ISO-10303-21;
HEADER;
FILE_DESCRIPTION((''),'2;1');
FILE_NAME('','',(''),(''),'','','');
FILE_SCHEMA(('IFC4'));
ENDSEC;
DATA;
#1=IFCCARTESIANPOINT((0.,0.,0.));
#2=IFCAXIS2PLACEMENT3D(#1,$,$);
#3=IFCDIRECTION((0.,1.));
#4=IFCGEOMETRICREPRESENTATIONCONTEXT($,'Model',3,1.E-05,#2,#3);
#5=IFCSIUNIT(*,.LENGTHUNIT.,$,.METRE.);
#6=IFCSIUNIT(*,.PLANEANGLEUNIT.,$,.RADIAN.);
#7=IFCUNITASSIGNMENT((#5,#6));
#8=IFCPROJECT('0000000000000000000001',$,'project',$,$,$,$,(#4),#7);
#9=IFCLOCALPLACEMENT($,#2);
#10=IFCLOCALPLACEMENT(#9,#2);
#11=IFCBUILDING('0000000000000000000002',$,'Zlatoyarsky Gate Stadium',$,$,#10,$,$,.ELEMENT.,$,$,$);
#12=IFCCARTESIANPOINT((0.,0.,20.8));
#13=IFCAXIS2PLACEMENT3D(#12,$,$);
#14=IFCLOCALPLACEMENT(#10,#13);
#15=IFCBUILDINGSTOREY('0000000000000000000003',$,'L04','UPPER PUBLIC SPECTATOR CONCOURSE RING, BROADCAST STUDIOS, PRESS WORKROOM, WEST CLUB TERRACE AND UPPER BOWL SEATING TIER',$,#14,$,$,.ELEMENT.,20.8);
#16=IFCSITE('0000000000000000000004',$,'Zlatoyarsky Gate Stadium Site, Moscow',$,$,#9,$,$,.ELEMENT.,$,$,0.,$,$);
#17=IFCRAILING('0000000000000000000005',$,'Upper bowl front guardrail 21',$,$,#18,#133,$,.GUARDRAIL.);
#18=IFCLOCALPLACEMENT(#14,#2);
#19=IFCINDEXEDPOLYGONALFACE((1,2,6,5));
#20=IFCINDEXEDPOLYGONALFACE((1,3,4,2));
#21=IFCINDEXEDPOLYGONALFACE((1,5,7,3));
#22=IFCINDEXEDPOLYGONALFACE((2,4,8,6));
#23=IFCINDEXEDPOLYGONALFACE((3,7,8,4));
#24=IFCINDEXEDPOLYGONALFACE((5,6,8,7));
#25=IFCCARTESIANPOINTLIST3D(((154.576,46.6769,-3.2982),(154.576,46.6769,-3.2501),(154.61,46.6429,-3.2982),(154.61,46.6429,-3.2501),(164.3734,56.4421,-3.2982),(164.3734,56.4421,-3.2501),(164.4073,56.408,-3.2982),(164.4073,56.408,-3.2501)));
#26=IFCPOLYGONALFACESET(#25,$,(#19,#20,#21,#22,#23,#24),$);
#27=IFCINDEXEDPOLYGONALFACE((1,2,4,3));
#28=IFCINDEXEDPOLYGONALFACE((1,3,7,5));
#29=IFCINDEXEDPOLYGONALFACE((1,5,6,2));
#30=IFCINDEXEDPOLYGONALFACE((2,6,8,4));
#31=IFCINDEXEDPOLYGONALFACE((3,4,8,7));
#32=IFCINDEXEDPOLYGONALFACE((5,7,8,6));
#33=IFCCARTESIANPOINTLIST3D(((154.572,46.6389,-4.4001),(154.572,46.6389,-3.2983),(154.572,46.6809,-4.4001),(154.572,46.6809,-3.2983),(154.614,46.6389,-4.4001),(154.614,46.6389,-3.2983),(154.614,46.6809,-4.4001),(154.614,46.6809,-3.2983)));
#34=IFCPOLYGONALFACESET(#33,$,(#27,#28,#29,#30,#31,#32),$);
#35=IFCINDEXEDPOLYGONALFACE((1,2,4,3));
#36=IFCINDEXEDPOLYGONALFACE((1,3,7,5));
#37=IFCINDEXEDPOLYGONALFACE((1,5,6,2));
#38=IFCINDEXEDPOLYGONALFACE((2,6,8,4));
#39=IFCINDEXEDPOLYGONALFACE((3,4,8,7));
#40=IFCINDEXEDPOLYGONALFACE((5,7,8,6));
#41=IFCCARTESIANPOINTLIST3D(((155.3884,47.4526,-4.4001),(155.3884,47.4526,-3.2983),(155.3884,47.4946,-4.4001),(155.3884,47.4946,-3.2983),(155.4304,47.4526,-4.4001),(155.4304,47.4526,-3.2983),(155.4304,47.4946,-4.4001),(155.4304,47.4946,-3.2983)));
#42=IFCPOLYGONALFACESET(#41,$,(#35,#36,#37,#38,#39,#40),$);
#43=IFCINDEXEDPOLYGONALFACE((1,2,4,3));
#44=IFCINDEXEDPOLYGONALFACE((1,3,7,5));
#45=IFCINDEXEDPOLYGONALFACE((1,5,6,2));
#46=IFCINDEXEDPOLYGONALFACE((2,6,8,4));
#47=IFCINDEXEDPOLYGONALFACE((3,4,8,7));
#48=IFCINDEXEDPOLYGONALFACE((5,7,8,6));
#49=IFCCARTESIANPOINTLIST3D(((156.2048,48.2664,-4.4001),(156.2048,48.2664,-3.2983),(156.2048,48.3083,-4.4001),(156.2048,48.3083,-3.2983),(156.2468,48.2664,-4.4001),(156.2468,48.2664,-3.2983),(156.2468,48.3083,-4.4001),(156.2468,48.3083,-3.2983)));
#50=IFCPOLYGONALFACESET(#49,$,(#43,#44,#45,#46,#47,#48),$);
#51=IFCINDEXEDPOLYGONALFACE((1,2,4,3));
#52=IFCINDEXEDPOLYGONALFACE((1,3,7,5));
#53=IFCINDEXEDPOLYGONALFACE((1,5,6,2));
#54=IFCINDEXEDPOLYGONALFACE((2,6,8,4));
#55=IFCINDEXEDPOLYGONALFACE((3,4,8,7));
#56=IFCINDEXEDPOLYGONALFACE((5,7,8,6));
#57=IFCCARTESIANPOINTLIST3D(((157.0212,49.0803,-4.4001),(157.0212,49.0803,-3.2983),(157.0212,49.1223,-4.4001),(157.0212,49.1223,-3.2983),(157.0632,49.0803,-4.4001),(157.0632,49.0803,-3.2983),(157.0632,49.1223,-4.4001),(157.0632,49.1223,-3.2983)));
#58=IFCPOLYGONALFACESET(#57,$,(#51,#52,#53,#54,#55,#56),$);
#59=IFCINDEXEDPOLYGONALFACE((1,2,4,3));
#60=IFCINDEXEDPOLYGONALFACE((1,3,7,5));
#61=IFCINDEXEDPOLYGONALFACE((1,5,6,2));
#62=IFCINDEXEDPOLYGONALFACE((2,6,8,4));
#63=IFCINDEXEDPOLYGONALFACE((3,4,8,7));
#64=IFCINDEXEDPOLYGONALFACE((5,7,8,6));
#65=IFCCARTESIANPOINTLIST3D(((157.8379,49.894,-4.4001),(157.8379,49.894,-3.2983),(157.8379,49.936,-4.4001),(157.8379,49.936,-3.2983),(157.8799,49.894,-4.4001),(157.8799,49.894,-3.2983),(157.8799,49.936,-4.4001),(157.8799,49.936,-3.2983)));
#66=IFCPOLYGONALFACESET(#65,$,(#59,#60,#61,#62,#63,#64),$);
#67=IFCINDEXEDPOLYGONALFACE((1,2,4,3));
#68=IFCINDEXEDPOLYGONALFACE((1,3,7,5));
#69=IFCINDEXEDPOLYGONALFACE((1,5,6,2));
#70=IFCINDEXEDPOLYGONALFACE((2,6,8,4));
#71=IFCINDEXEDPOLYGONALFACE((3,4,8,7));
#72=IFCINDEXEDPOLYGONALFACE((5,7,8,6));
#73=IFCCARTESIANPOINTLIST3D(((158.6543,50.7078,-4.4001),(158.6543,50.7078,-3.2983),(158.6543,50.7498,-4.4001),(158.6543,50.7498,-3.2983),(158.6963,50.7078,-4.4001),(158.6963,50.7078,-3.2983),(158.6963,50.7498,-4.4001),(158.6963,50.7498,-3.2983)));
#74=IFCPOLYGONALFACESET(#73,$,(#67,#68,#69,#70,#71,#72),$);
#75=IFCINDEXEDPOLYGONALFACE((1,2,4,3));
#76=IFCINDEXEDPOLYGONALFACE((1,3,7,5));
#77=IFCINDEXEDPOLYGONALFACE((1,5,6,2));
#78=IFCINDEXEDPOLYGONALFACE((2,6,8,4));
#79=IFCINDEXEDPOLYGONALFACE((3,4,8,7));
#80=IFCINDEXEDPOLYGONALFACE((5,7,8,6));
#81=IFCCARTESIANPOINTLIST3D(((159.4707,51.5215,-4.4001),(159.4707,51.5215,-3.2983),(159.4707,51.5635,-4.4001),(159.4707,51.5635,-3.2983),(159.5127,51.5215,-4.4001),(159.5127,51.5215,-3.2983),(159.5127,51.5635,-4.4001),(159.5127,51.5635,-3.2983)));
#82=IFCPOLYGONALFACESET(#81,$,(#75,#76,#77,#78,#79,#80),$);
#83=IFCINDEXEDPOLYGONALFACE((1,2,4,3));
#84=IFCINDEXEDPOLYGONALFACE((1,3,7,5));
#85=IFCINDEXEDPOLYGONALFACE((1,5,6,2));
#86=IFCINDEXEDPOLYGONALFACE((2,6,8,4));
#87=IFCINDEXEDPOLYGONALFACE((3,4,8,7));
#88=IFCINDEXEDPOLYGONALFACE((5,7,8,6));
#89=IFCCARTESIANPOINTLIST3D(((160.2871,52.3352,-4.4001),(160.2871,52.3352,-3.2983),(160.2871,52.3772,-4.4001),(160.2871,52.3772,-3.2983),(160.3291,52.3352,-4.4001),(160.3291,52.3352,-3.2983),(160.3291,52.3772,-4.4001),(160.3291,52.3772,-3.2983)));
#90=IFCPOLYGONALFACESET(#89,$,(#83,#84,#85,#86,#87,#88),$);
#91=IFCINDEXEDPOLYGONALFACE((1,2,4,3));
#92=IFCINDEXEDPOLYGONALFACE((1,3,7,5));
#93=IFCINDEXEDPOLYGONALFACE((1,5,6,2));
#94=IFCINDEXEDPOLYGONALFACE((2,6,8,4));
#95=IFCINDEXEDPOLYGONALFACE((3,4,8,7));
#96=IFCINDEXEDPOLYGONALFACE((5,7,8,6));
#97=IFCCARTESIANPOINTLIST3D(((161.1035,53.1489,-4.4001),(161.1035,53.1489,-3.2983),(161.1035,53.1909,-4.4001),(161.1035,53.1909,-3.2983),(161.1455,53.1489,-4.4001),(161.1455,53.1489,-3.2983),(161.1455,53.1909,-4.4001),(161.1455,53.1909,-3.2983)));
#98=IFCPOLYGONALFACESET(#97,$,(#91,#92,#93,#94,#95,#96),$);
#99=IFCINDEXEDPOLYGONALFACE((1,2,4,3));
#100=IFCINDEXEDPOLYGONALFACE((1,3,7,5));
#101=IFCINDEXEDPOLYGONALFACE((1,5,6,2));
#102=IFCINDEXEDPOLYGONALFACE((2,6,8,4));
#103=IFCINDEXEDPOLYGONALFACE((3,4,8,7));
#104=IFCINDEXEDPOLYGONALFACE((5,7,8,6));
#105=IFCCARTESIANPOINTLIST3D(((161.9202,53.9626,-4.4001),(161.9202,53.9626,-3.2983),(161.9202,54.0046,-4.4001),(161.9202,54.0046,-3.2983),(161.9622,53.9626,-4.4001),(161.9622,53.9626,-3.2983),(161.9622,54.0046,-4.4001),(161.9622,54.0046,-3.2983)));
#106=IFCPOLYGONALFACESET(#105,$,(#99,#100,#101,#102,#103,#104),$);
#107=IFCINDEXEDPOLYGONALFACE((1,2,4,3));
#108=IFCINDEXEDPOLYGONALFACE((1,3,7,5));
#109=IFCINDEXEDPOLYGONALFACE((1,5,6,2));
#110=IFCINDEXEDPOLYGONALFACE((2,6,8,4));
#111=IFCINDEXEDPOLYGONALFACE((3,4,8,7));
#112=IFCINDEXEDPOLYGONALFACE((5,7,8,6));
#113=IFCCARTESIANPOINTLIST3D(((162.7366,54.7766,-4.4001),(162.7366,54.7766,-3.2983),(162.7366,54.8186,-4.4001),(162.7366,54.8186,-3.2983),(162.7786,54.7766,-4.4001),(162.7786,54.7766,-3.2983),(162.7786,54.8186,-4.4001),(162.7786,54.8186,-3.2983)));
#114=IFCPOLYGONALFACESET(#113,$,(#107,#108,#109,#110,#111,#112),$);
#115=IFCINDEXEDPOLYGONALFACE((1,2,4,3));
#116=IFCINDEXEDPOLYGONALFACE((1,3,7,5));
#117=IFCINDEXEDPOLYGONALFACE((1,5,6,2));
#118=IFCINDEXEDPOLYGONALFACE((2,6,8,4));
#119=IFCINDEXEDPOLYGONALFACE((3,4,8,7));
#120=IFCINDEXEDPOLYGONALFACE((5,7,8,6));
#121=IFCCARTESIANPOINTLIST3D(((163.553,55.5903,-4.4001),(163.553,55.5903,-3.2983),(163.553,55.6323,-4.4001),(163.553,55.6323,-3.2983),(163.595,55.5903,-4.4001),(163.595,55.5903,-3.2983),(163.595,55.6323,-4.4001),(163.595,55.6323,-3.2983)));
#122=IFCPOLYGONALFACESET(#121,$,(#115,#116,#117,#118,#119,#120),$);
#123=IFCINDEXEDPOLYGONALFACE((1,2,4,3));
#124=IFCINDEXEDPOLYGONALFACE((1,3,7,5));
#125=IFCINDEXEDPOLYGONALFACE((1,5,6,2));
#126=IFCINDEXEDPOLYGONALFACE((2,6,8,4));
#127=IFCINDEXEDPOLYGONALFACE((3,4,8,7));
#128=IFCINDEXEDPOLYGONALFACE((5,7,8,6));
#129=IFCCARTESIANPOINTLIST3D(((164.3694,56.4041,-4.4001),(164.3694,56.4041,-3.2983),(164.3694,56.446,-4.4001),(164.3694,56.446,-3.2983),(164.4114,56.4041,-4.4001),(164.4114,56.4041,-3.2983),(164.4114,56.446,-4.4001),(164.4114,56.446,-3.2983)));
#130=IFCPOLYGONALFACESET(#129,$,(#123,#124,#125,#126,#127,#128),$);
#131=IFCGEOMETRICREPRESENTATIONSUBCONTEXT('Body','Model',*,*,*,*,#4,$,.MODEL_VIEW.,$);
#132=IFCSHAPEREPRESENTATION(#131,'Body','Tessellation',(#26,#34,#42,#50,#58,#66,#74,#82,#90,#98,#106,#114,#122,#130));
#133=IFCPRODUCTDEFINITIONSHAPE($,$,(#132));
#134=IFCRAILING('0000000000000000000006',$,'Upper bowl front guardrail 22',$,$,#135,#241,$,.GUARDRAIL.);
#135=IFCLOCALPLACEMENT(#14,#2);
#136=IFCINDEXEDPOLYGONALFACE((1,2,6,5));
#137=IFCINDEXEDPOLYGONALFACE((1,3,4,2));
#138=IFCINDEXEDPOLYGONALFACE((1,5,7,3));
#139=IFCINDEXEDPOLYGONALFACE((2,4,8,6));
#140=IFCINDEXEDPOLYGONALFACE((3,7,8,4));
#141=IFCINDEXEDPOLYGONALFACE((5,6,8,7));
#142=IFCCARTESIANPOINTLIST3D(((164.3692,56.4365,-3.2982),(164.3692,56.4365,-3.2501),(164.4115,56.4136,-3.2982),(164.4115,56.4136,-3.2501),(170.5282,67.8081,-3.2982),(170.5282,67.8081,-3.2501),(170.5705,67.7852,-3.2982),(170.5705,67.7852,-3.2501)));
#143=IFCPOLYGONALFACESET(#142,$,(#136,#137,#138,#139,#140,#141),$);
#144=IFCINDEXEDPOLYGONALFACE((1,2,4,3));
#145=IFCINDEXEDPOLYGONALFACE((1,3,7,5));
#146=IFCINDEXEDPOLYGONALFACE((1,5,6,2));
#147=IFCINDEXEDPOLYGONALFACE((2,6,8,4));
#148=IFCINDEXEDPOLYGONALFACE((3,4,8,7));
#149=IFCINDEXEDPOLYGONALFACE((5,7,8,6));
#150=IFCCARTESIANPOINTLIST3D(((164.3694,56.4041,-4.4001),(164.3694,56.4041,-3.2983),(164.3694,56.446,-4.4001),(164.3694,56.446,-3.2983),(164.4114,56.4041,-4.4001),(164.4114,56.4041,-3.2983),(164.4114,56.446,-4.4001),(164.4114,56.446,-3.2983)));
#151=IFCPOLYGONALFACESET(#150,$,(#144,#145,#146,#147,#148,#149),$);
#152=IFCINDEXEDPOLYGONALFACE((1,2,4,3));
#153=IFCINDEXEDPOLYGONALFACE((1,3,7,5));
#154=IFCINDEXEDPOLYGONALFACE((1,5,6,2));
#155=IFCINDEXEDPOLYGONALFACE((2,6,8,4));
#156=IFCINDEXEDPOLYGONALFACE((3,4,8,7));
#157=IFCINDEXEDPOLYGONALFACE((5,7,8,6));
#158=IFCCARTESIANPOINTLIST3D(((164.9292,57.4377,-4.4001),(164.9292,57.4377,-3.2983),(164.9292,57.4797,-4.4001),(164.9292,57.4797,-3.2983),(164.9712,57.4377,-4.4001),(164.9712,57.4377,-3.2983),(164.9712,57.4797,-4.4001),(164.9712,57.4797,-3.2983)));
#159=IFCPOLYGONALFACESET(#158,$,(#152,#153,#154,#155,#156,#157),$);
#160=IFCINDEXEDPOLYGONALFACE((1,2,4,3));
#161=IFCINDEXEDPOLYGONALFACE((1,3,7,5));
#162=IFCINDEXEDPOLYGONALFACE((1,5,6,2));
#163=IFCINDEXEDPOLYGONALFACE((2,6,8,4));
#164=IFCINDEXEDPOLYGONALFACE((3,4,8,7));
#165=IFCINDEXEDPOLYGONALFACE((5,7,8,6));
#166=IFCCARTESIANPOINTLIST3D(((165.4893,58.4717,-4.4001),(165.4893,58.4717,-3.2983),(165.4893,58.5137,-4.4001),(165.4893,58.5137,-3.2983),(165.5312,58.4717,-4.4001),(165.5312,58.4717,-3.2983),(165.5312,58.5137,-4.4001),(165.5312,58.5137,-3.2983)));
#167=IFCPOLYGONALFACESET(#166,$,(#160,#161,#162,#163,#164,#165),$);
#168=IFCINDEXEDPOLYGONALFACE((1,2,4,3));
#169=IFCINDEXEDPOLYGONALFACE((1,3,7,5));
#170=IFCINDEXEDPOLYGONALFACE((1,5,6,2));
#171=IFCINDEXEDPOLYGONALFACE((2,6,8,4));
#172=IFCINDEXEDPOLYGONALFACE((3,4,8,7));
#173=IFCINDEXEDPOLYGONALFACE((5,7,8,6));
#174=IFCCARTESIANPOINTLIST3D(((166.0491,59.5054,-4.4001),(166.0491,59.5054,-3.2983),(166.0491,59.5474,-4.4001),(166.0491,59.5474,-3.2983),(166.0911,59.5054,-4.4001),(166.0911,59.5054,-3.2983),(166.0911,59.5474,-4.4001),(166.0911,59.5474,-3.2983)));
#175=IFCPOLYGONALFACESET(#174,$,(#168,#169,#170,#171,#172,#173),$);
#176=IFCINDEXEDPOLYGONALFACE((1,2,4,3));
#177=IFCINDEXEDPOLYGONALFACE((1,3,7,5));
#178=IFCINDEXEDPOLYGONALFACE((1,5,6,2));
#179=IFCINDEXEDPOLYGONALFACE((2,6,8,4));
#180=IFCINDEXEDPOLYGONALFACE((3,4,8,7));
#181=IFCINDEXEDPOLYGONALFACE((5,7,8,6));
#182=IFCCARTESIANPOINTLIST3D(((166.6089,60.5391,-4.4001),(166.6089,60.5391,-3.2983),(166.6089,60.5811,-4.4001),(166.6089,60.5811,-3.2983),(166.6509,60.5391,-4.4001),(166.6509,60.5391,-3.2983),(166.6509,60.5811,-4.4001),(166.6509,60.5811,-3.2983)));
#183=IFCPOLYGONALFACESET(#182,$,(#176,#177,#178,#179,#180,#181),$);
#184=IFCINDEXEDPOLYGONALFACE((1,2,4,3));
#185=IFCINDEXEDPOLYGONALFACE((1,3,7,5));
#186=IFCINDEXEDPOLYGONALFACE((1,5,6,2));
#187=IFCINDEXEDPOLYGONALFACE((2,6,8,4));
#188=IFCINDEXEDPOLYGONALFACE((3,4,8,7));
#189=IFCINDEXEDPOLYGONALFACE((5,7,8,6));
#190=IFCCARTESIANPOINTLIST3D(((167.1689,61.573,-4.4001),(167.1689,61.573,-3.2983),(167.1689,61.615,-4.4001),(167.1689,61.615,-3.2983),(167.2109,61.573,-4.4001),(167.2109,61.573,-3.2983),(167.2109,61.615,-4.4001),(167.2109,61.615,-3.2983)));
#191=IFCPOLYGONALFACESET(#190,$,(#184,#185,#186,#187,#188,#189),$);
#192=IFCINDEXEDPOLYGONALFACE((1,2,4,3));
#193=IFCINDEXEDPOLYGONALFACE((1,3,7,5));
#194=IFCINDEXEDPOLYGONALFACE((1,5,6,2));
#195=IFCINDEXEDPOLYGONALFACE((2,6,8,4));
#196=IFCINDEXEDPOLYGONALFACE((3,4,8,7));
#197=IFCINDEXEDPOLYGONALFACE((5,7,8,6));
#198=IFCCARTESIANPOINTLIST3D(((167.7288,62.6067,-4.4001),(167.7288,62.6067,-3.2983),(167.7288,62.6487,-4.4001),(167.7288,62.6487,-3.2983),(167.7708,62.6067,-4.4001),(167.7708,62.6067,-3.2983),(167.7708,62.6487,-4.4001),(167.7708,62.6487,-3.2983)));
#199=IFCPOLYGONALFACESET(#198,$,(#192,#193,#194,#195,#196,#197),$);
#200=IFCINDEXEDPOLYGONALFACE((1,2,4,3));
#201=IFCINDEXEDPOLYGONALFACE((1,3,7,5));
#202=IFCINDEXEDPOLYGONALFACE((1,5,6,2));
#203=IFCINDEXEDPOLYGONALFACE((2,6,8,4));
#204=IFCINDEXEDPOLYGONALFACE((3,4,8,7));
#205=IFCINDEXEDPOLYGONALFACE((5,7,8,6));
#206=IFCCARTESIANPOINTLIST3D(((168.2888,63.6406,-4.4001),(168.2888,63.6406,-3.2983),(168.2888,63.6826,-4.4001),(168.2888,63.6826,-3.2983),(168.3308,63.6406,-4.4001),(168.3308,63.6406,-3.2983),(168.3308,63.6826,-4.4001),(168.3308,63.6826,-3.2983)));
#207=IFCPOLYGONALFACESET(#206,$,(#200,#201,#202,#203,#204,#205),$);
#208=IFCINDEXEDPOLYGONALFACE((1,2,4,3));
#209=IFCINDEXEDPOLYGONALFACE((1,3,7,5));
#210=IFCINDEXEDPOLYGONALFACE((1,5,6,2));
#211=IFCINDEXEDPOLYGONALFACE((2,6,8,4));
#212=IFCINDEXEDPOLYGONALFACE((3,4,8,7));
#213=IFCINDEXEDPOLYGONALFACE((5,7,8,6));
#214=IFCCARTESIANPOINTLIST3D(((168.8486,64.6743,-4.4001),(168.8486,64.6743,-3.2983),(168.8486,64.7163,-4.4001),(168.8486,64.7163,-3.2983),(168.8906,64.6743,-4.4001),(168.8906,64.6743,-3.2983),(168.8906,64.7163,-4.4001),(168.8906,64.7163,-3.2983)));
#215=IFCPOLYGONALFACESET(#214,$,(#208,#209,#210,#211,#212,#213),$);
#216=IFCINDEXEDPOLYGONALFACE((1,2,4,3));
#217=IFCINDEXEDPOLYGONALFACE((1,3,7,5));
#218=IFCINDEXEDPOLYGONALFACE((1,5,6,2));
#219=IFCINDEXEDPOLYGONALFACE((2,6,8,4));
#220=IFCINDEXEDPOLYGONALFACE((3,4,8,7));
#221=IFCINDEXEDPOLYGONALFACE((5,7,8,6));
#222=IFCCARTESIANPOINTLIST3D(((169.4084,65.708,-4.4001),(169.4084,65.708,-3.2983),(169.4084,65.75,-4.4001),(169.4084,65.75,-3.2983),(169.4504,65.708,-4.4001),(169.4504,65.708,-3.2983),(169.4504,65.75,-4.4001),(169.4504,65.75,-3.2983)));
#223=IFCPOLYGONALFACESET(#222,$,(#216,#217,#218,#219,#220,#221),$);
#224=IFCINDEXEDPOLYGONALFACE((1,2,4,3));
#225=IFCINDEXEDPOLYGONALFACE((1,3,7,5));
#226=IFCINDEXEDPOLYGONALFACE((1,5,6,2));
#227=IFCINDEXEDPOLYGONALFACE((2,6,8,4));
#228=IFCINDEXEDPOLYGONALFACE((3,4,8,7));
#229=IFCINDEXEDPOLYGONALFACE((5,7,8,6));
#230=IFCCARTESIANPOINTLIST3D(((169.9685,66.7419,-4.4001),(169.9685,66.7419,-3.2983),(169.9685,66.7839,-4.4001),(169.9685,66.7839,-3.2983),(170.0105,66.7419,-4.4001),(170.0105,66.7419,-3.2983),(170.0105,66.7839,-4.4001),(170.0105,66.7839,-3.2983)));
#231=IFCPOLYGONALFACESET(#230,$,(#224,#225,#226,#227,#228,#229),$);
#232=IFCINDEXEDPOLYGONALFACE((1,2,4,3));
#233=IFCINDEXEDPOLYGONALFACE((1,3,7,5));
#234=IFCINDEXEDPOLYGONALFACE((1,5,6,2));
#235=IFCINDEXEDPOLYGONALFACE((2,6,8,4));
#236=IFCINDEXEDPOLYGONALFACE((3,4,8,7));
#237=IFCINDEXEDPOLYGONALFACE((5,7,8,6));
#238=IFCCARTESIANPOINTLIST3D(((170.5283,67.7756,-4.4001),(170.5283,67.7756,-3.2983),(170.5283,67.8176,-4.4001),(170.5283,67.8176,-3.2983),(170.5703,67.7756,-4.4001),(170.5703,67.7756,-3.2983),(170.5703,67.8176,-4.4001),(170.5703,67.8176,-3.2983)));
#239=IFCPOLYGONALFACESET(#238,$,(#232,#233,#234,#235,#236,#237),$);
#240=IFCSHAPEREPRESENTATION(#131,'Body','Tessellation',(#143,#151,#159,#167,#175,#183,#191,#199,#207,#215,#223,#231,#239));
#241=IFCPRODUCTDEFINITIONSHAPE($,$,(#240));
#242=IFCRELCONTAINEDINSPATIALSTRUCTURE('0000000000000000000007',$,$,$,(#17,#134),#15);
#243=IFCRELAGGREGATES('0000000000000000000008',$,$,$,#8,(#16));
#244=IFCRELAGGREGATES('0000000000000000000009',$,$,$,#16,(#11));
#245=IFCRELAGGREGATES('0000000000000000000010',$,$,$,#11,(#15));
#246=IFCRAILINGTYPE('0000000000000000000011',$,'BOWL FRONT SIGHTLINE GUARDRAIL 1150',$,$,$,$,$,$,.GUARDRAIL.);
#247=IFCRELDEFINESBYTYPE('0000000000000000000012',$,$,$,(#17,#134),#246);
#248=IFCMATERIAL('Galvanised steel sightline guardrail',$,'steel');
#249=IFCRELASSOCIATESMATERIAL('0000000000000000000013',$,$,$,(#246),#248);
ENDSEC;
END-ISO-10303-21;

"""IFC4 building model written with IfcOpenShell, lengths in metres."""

from ifc_helpers import new_model, si_unit, direction, frame, origin, origin_2d, place, context, subcontext, project, spatial, rectangle, extrude, material, type_object, element, save


model = new_model("IFC4")

# Units and contexts
model_context = context("Model", 3, precision=1e-05, world=origin(), true_north=direction((0.0, 1.0)))
body_context = subcontext(model_context, "Body", "Model", "MODEL_VIEW")
ifc_project = project(units=[si_unit("LENGTHUNIT", "METRE"), si_unit("PLANEANGLEUNIT", "RADIAN")], contexts=[model_context])

# Site, building, storey
site_placement = place(None, origin())
site = spatial("IfcSite", under=ifc_project, at=site_placement, Name="Zlatoyarsky Gate Stadium Site, Moscow", CompositionType="ELEMENT", RefElevation=0.0)
building_placement = place(site_placement, origin())
building = spatial("IfcBuilding", under=site, at=building_placement, Name="Zlatoyarsky Gate Stadium", CompositionType="ELEMENT")
storey_placement = place(building_placement, frame((0.0, 0.0, 20.8)))
storey = spatial("IfcBuildingStorey", under=building, at=storey_placement, Name="L04", Description="UPPER PUBLIC SPECTATOR CONCOURSE RING, BROADCAST STUDIOS, PRESS WORKROOM, WEST CLUB TERRACE AND UPPER BOWL SEATING TIER", CompositionType="ELEMENT", Elevation=20.8)

# Railings
ifc_material_1 = material(Name="Galvanised steel sightline guardrail", Category="steel")
railing_type_1 = type_object("IfcRailingType", Name="BOWL FRONT SIGHTLINE GUARDRAIL 1150", PredefinedType="GUARDRAIL", material=ifc_material_1)
railing_1_placement = place(storey_placement, frame((154.593, 46.6599, -4.4001)))
element("IfcRailing", 1, at=railing_1_placement, inside=storey, type_object=railing_type_1, Name="Upper bowl front guardrail 21", PredefinedType="GUARDRAIL", context=body_context, shape_type="SweptSolid", body=[
    extrude(rectangle(XDim=0.0481, YDim=0.0481, at=origin_2d()), frame((0.0, 0.0, 1.126), z_axis=(0.708271, 0.705941, 0.0), x_axis=(-0.705941, 0.708271, 0.0)), (0.0, 0.0, 1.0), 13.8328),
    extrude(rectangle(XDim=0.042, YDim=0.042, at=origin_2d()), origin(), (0.0, 0.0, 1.0), 1.1018),
    extrude(rectangle(XDim=0.042, YDim=0.042, at=origin_2d()), frame((0.8164, 0.8137, 0.0)), (0.0, 0.0, 1.0), 1.1018),
    extrude(rectangle(XDim=0.042, YDim=0.042, at=origin_2d()), frame((1.6328, 1.6274, 0.0)), (0.0, 0.0, 1.0), 1.1018),
    extrude(rectangle(XDim=0.042, YDim=0.042, at=origin_2d()), frame((2.4492, 2.4414, 0.0)), (0.0, 0.0, 1.0), 1.1018),
    extrude(rectangle(XDim=0.042, YDim=0.042, at=origin_2d()), frame((3.2659, 3.2551, 0.0)), (0.0, 0.0, 1.0), 1.1018),
    extrude(rectangle(XDim=0.042, YDim=0.042, at=origin_2d()), frame((4.0823, 4.0688, 0.0)), (0.0, 0.0, 1.0), 1.1018),
    extrude(rectangle(XDim=0.042, YDim=0.042, at=origin_2d()), frame((4.8987, 4.8826, 0.0)), (0.0, 0.0, 1.0), 1.1018),
    extrude(rectangle(XDim=0.042, YDim=0.042, at=origin_2d()), frame((5.7151, 5.6963, 0.0)), (0.0, 0.0, 1.0), 1.1018),
    extrude(rectangle(XDim=0.042, YDim=0.042, at=origin_2d()), frame((6.5315, 6.51, 0.0)), (0.0, 0.0, 1.0), 1.1018),
    extrude(rectangle(XDim=0.042, YDim=0.042, at=origin_2d()), frame((7.3481, 7.3237, 0.0)), (0.0, 0.0, 1.0), 1.1018),
    extrude(rectangle(XDim=0.042, YDim=0.042, at=origin_2d()), frame((8.1646, 8.1377, 0.0)), (0.0, 0.0, 1.0), 1.1018),
    extrude(rectangle(XDim=0.042, YDim=0.042, at=origin_2d()), frame((8.981, 8.9514, 0.0)), (0.0, 0.0, 1.0), 1.1018),
    extrude(rectangle(XDim=0.042, YDim=0.042, at=origin_2d()), frame((9.7974, 9.7651, 0.0)), (0.0, 0.0, 1.0), 1.1018),
])
railing_2_placement = place(storey_placement, frame((164.3904, 56.425, -4.4001)))
element("IfcRailing", 2, at=railing_2_placement, inside=storey, type_object=railing_type_1, Name="Upper bowl front guardrail 22", PredefinedType="GUARDRAIL", context=body_context, shape_type="SweptSolid", body=[
    extrude(rectangle(XDim=0.0481, YDim=0.0481, at=origin_2d()), frame((0.0, 0.0, 1.126), z_axis=(0.476243, 0.879314, 0.0), x_axis=(-0.879314, 0.476243, 0.0)), (0.0, 0.0, 1.0), 12.9324),
    extrude(rectangle(XDim=0.042, YDim=0.042, at=origin_2d()), origin(), (0.0, 0.0, 1.0), 1.1018),
    extrude(rectangle(XDim=0.042, YDim=0.042, at=origin_2d()), frame((0.5598, 1.0337, 0.0)), (0.0, 0.0, 1.0), 1.1018),
    extrude(rectangle(XDim=0.042, YDim=0.042, at=origin_2d()), frame((1.1199, 2.0676, 0.0)), (0.0, 0.0, 1.0), 1.1018),
    extrude(rectangle(XDim=0.042, YDim=0.042, at=origin_2d()), frame((1.6797, 3.1013, 0.0)), (0.0, 0.0, 1.0), 1.1018),
    extrude(rectangle(XDim=0.042, YDim=0.042, at=origin_2d()), frame((2.2395, 4.135, 0.0)), (0.0, 0.0, 1.0), 1.1018),
    extrude(rectangle(XDim=0.042, YDim=0.042, at=origin_2d()), frame((2.7996, 5.1689, 0.0)), (0.0, 0.0, 1.0), 1.1018),
    extrude(rectangle(XDim=0.042, YDim=0.042, at=origin_2d()), frame((3.3594, 6.2026, 0.0)), (0.0, 0.0, 1.0), 1.1018),
    extrude(rectangle(XDim=0.042, YDim=0.042, at=origin_2d()), frame((3.9194, 7.2366, 0.0)), (0.0, 0.0, 1.0), 1.1018),
    extrude(rectangle(XDim=0.042, YDim=0.042, at=origin_2d()), frame((4.4792, 8.2703, 0.0)), (0.0, 0.0, 1.0), 1.1018),
    extrude(rectangle(XDim=0.042, YDim=0.042, at=origin_2d()), frame((5.0391, 9.304, 0.0)), (0.0, 0.0, 1.0), 1.1018),
    extrude(rectangle(XDim=0.042, YDim=0.042, at=origin_2d()), frame((5.5991, 10.3379, 0.0)), (0.0, 0.0, 1.0), 1.1018),
    extrude(rectangle(XDim=0.042, YDim=0.042, at=origin_2d()), frame((6.1589, 11.3716, 0.0)), (0.0, 0.0, 1.0), 1.1018),
])

save(model, "model.ifc")
